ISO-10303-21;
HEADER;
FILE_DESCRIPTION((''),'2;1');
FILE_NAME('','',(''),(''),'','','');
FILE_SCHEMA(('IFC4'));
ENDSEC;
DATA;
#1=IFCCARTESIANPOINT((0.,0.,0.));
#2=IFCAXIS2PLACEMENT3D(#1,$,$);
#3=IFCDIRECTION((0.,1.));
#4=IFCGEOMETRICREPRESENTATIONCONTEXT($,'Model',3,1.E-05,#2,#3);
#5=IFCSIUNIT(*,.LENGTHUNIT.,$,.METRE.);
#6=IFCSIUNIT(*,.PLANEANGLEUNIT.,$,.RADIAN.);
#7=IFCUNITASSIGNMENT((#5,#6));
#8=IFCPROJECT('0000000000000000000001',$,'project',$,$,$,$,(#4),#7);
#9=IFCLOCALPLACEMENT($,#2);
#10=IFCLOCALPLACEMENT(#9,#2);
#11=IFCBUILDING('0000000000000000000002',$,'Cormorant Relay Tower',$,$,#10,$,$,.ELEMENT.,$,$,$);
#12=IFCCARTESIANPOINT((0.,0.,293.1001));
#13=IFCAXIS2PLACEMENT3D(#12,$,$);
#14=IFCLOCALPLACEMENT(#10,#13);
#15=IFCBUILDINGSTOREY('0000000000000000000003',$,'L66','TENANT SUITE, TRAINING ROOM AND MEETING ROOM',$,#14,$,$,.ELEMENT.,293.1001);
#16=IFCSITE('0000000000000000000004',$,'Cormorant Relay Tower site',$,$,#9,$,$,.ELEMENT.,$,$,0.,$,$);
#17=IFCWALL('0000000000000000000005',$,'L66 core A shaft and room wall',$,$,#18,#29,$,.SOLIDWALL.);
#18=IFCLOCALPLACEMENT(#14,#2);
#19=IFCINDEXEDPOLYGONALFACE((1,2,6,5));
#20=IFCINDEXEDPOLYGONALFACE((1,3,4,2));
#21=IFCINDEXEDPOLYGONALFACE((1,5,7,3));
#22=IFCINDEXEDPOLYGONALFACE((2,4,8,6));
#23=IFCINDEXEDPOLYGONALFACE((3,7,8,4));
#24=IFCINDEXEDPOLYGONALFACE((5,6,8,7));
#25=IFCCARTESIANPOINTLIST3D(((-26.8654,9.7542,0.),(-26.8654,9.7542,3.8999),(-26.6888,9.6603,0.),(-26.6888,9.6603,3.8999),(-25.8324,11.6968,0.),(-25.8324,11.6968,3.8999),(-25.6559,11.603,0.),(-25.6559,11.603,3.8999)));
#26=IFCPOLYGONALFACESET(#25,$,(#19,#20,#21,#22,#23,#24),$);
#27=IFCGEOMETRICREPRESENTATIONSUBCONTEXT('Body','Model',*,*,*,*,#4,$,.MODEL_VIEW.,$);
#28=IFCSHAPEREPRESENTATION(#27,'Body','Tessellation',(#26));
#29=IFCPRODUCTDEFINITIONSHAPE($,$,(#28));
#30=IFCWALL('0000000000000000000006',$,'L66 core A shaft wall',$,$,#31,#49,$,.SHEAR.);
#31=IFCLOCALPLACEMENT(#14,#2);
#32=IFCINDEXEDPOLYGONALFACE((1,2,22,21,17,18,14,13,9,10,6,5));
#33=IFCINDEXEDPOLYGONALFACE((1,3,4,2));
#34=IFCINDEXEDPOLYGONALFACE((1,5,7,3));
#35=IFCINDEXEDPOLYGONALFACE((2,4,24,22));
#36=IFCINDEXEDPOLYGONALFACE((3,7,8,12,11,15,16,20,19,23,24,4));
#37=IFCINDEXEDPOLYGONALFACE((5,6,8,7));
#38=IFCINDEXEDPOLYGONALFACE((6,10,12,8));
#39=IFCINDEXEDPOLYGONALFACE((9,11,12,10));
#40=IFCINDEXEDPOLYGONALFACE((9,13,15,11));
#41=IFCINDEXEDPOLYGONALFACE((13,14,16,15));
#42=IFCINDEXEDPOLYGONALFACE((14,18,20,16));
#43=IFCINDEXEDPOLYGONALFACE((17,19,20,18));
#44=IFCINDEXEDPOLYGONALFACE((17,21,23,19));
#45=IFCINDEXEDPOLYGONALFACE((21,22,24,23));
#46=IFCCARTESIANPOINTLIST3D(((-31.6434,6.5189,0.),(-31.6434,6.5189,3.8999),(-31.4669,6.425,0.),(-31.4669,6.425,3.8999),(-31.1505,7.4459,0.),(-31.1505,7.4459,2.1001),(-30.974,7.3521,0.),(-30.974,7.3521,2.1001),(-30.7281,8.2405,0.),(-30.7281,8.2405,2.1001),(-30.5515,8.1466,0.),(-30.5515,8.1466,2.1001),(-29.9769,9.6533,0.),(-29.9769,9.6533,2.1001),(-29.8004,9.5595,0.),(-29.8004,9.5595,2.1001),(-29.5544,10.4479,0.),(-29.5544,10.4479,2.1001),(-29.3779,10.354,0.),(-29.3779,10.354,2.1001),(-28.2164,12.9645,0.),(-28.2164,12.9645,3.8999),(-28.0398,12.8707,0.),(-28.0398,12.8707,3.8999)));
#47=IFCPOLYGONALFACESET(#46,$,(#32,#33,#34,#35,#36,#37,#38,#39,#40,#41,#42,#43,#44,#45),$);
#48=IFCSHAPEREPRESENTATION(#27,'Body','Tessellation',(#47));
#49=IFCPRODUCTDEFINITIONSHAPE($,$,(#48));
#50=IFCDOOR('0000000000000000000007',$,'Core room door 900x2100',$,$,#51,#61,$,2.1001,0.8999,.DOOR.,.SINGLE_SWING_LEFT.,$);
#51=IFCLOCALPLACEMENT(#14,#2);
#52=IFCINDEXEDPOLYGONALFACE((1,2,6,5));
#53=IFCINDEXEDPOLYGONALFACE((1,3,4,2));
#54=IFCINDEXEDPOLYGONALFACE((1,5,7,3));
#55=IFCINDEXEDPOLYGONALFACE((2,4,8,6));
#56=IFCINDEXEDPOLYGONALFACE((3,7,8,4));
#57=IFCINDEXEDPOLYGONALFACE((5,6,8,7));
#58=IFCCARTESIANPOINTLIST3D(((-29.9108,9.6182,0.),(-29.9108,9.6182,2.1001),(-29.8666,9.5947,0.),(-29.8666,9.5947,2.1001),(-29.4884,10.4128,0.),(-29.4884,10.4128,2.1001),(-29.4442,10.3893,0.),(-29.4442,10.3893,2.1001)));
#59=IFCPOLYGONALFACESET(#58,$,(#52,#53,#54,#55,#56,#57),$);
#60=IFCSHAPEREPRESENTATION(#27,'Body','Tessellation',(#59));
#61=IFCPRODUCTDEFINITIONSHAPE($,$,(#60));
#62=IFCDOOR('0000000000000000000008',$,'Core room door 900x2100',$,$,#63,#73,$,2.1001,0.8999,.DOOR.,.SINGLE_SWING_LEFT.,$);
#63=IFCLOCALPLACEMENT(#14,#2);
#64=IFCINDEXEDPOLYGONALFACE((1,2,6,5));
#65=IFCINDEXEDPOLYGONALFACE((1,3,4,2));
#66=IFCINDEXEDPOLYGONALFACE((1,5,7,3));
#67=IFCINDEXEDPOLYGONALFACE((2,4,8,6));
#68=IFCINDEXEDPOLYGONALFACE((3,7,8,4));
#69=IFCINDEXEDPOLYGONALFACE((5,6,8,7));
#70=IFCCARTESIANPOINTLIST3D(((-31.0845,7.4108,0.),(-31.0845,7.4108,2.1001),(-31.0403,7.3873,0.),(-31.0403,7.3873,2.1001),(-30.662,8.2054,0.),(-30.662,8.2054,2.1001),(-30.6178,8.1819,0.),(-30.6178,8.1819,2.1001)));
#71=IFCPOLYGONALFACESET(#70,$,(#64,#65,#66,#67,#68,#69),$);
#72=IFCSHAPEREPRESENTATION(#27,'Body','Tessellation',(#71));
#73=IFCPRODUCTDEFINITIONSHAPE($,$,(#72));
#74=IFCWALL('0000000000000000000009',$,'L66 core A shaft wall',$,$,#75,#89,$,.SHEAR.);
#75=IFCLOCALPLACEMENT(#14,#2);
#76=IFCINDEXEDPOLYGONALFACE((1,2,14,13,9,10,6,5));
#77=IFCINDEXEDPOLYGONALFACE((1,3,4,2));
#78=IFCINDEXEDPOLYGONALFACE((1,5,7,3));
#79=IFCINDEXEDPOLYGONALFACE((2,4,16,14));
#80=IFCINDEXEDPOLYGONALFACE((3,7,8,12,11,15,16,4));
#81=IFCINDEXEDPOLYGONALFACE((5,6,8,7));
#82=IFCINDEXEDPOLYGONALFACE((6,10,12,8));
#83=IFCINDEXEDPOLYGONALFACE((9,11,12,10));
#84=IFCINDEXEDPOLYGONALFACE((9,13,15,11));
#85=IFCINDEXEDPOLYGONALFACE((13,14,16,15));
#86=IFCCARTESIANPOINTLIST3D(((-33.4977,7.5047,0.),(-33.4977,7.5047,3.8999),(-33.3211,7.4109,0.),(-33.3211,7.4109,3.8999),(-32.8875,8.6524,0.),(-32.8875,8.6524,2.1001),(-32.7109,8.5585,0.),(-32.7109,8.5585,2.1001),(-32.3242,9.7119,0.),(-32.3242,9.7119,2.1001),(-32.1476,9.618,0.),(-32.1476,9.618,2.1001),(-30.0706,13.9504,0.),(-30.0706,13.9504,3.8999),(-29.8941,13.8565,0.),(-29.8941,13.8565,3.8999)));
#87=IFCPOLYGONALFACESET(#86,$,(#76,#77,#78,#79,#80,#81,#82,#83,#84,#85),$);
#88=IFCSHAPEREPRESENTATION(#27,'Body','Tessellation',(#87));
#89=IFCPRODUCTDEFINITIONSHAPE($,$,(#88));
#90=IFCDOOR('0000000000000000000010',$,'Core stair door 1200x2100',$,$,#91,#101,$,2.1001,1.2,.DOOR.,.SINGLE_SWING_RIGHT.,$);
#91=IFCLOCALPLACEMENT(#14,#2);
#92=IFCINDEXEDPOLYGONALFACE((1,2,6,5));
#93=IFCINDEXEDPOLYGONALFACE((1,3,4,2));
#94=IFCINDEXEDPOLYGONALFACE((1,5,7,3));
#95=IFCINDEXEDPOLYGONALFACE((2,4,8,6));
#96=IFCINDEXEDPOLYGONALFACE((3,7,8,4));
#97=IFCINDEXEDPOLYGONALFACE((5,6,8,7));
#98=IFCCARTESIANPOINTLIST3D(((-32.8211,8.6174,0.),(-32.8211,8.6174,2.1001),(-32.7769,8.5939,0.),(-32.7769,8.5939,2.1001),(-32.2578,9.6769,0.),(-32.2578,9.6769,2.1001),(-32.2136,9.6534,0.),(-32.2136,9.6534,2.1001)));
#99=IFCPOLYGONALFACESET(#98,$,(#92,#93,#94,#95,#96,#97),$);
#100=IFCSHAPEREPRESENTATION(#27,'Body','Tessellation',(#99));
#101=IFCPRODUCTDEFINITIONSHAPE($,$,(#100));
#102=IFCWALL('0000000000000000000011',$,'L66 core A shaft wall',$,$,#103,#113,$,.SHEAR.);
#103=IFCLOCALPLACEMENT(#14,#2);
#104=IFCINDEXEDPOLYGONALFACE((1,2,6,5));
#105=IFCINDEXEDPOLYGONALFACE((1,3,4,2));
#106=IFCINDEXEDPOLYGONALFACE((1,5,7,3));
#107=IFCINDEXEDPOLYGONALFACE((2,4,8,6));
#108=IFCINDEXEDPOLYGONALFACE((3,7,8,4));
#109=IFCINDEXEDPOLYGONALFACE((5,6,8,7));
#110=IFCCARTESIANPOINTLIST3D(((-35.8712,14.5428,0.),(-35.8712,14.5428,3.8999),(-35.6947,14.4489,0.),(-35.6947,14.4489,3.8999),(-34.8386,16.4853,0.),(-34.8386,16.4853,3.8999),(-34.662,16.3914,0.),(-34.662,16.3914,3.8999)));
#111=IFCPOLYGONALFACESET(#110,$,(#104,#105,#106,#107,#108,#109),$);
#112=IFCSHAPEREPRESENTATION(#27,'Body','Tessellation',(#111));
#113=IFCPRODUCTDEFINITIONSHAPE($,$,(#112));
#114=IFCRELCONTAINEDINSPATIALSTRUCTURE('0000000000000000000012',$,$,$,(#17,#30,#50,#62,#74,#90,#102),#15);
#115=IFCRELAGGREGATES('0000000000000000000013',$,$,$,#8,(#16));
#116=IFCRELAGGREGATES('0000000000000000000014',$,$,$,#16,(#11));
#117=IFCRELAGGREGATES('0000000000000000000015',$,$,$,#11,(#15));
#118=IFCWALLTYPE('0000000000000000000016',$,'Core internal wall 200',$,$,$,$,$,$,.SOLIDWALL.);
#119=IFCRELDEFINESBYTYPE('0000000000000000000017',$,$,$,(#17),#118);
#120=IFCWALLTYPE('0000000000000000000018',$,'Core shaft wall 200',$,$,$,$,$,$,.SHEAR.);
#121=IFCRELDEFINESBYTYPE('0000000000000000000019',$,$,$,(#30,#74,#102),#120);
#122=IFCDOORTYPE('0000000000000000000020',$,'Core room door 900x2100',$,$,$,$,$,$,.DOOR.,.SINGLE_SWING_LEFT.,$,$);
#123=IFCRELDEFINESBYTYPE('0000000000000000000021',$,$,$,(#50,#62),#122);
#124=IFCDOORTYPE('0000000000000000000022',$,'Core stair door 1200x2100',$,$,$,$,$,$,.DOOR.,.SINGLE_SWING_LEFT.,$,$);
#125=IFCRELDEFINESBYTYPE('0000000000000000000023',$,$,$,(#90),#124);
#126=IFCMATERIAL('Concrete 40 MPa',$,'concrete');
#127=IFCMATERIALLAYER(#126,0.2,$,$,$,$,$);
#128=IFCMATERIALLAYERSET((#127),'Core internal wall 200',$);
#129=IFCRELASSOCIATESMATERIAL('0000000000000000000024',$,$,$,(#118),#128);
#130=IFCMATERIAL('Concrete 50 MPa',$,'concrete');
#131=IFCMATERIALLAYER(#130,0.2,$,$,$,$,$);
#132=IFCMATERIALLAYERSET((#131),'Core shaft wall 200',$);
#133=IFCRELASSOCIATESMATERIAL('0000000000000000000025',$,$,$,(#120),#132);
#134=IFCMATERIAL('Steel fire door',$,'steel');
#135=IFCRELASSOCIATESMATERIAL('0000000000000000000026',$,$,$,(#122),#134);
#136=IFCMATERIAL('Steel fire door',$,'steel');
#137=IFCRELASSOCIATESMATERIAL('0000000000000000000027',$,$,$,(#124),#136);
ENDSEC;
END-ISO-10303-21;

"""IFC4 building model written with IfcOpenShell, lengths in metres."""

from ifc_helpers import new_model, si_unit, direction, frame, frame_2d, origin, place, context, subcontext, project, spatial, rectangle, extrude, material, layer, layer_set, type_object, element, fill, save


model = new_model("IFC4")

# Units and contexts
model_context = context("Model", 3, precision=1e-05, world=origin(), true_north=direction((0.0, 1.0)))
body_context = subcontext(model_context, "Body", "Model", "MODEL_VIEW")
ifc_project = project(units=[si_unit("LENGTHUNIT", "METRE"), si_unit("PLANEANGLEUNIT", "RADIAN")], contexts=[model_context])

# Site, building, storey
site_placement = place(None, origin())
site = spatial("IfcSite", under=ifc_project, at=site_placement, Name="Cormorant Relay Tower site", CompositionType="ELEMENT", RefElevation=0.0)
building_placement = place(site_placement, origin())
building = spatial("IfcBuilding", under=site, at=building_placement, Name="Cormorant Relay Tower", CompositionType="ELEMENT")
storey_placement = place(building_placement, frame((0.0, 0.0, 293.1001)))
storey = spatial("IfcBuildingStorey", under=building, at=storey_placement, Name="L66", Description="TENANT SUITE, TRAINING ROOM AND MEETING ROOM", CompositionType="ELEMENT", Elevation=293.1001)

# Wall
ifc_material_1 = material(Name="Concrete 40 MPa", Category="concrete")
ifc_layer_1 = layer(ifc_material_1, 0.2)
ifc_layer_set_1 = layer_set([ifc_layer_1], Name="Core internal wall 200")
wall_type_1 = type_object("IfcWallType", Name="Core internal wall 200", PredefinedType="SOLIDWALL", material=ifc_layer_set_1)
wall_1_placement = place(storey_placement, frame((-25.7441, 11.6499, 0.0), z_axis=(0.0, 0.0, 1.0), x_axis=(-0.469488, -0.882939, 0.0)))
element("IfcWall", 1, at=wall_1_placement, inside=storey, type_object=wall_type_1, Name="L66 core A shaft and room wall", PredefinedType="SOLIDWALL", context=body_context, shape_type="SweptSolid", body=[
    extrude(rectangle(XDim=2.2002, YDim=0.2, at=frame_2d((1.1001, 0.0))), origin(), (0.0, 0.0, 1.0), 3.8999),
])

# Wall, openings, doors
ifc_material_2 = material(Name="Concrete 50 MPa", Category="concrete")
ifc_layer_2 = layer(ifc_material_2, 0.2)
ifc_layer_set_2 = layer_set([ifc_layer_2], Name="Core shaft wall 200")
wall_type_2 = type_object("IfcWallType", Name="Core shaft wall 200", PredefinedType="SHEAR", material=ifc_layer_set_2)
wall_2_placement = place(storey_placement, frame((-28.1282, 12.9175, 0.0), z_axis=(0.0, 0.0, 1.0), x_axis=(-0.469454, -0.882957, 0.0)))
wall_2 = element("IfcWall", 2, at=wall_2_placement, inside=storey, type_object=wall_type_2, Name="L66 core A shaft wall", PredefinedType="SHEAR", context=body_context, shape_type="SweptSolid", body=[
    extrude(rectangle(XDim=7.3, YDim=0.2, at=frame_2d((3.6499, 0.0))), origin(), (0.0, 0.0, 1.0), 3.8999),
])
opening_1_placement = place(wall_2_placement, frame((2.8501, 0.0, 0.0)))
opening_1 = element("IfcOpeningElement", 3, at=opening_1_placement, cuts=wall_2, PredefinedType="OPENING", context=body_context, shape_type="SweptSolid", body=[
    extrude(rectangle(XDim=0.8999, YDim=2.1001, at=frame_2d((0.45, 1.05))), frame((0.0, 0.1099, 0.0), z_axis=(0.0, -1.0, 0.0), x_axis=(1.0, 0.0, 0.0)), (0.0, 0.0, 1.0), 0.22),
])
opening_2_placement = place(wall_2_placement, frame((5.3501, 0.0, 0.0)))
opening_2 = element("IfcOpeningElement", 4, at=opening_2_placement, cuts=wall_2, PredefinedType="OPENING", context=body_context, shape_type="SweptSolid", body=[
    extrude(rectangle(XDim=0.8999, YDim=2.1001, at=frame_2d((0.45, 1.05))), frame((0.0, 0.1099, 0.0), z_axis=(0.0, -1.0, 0.0), x_axis=(1.0, 0.0, 0.0)), (0.0, 0.0, 1.0), 0.22),
])
ifc_material_3 = material(Name="Steel fire door", Category="steel")
door_type_1 = type_object("IfcDoorType", Name="Core room door 900x2100", OperationType="SINGLE_SWING_LEFT", PredefinedType="DOOR", material=ifc_material_3)
door_1_placement = place(opening_1_placement, origin())
door_1 = element("IfcDoor", 5, at=door_1_placement, inside=storey, type_object=door_type_1, Name="Core room door 900x2100", OperationType="SINGLE_SWING_LEFT", OverallHeight=2.1001, OverallWidth=0.8999, PredefinedType="DOOR", context=body_context, shape_type="SweptSolid", body=[
    extrude(rectangle(XDim=0.8999, YDim=2.1001, at=frame_2d((0.45, 1.05))), frame((0.0, 0.0249, 0.0), z_axis=(0.0, -1.0, 0.0), x_axis=(1.0, 0.0, 0.0)), (0.0, 0.0, 1.0), 0.05),
])
fill(opening_1, door_1)
door_2_placement = place(opening_2_placement, origin())
door_2 = element("IfcDoor", 6, at=door_2_placement, inside=storey, type_object=door_type_1, Name="Core room door 900x2100", OperationType="SINGLE_SWING_LEFT", OverallHeight=2.1001, OverallWidth=0.8999, PredefinedType="DOOR", context=body_context, shape_type="SweptSolid", body=[
    extrude(rectangle(XDim=0.8999, YDim=2.1001, at=frame_2d((0.45, 1.05))), frame((0.0, 0.0249, 0.0), z_axis=(0.0, -1.0, 0.0), x_axis=(1.0, 0.0, 0.0)), (0.0, 0.0, 1.0), 0.05),
])
fill(opening_2, door_2)

# Wall, opening, door
wall_3_placement = place(storey_placement, frame((-29.9824, 13.9033, 0.0), z_axis=(0.0, 0.0, 1.0), x_axis=(-0.469454, -0.882957, 0.0)))
wall_3 = element("IfcWall", 7, at=wall_3_placement, inside=storey, type_object=wall_type_2, Name="L66 core A shaft wall", PredefinedType="SHEAR", context=body_context, shape_type="SweptSolid", body=[
    extrude(rectangle(XDim=7.3, YDim=0.2, at=frame_2d((3.6499, 0.0))), origin(), (0.0, 0.0, 1.0), 3.8999),
])
opening_3_placement = place(wall_3_placement, frame((4.8, 0.0, 0.0)))
opening_3 = element("IfcOpeningElement", 8, at=opening_3_placement, cuts=wall_3, PredefinedType="OPENING", context=body_context, shape_type="SweptSolid", body=[
    extrude(rectangle(XDim=1.2, YDim=2.1001, at=frame_2d((0.6001, 1.05))), frame((0.0, 0.1099, 0.0), z_axis=(0.0, -1.0, 0.0), x_axis=(1.0, 0.0, 0.0)), (0.0, 0.0, 1.0), 0.22),
])
ifc_material_4 = material(Name="Steel fire door", Category="steel")
door_type_2 = type_object("IfcDoorType", Name="Core stair door 1200x2100", OperationType="SINGLE_SWING_LEFT", PredefinedType="DOOR", material=ifc_material_4)
door_3_placement = place(opening_3_placement, frame((1.2, 0.0, 0.0), z_axis=(0.0, 0.0, 1.0), x_axis=(-1.0, 0.0, 0.0)))
door_3 = element("IfcDoor", 9, at=door_3_placement, inside=storey, type_object=door_type_2, Name="Core stair door 1200x2100", OperationType="SINGLE_SWING_RIGHT", OverallHeight=2.1001, OverallWidth=1.2, PredefinedType="DOOR", context=body_context, shape_type="SweptSolid", body=[
    extrude(rectangle(XDim=1.2, YDim=2.1001, at=frame_2d((0.6001, 1.05))), frame((0.0, 0.0249, 0.0), z_axis=(0.0, -1.0, 0.0), x_axis=(1.0, 0.0, 0.0)), (0.0, 0.0, 1.0), 0.05),
])
fill(opening_3, door_3)

# Wall
wall_4_placement = place(storey_placement, frame((-34.7502, 16.4385, 0.0), z_axis=(0.0, 0.0, 1.0), x_axis=(-0.469401, -0.882985, 0.0)))
element("IfcWall", 10, at=wall_4_placement, inside=storey, type_object=wall_type_2, Name="L66 core A shaft wall", PredefinedType="SHEAR", context=body_context, shape_type="SweptSolid", body=[
    extrude(rectangle(XDim=2.2, YDim=0.2, at=frame_2d((1.1001, 0.0))), origin(), (0.0, 0.0, 1.0), 3.8999),
])

save(model, "model.ifc")
